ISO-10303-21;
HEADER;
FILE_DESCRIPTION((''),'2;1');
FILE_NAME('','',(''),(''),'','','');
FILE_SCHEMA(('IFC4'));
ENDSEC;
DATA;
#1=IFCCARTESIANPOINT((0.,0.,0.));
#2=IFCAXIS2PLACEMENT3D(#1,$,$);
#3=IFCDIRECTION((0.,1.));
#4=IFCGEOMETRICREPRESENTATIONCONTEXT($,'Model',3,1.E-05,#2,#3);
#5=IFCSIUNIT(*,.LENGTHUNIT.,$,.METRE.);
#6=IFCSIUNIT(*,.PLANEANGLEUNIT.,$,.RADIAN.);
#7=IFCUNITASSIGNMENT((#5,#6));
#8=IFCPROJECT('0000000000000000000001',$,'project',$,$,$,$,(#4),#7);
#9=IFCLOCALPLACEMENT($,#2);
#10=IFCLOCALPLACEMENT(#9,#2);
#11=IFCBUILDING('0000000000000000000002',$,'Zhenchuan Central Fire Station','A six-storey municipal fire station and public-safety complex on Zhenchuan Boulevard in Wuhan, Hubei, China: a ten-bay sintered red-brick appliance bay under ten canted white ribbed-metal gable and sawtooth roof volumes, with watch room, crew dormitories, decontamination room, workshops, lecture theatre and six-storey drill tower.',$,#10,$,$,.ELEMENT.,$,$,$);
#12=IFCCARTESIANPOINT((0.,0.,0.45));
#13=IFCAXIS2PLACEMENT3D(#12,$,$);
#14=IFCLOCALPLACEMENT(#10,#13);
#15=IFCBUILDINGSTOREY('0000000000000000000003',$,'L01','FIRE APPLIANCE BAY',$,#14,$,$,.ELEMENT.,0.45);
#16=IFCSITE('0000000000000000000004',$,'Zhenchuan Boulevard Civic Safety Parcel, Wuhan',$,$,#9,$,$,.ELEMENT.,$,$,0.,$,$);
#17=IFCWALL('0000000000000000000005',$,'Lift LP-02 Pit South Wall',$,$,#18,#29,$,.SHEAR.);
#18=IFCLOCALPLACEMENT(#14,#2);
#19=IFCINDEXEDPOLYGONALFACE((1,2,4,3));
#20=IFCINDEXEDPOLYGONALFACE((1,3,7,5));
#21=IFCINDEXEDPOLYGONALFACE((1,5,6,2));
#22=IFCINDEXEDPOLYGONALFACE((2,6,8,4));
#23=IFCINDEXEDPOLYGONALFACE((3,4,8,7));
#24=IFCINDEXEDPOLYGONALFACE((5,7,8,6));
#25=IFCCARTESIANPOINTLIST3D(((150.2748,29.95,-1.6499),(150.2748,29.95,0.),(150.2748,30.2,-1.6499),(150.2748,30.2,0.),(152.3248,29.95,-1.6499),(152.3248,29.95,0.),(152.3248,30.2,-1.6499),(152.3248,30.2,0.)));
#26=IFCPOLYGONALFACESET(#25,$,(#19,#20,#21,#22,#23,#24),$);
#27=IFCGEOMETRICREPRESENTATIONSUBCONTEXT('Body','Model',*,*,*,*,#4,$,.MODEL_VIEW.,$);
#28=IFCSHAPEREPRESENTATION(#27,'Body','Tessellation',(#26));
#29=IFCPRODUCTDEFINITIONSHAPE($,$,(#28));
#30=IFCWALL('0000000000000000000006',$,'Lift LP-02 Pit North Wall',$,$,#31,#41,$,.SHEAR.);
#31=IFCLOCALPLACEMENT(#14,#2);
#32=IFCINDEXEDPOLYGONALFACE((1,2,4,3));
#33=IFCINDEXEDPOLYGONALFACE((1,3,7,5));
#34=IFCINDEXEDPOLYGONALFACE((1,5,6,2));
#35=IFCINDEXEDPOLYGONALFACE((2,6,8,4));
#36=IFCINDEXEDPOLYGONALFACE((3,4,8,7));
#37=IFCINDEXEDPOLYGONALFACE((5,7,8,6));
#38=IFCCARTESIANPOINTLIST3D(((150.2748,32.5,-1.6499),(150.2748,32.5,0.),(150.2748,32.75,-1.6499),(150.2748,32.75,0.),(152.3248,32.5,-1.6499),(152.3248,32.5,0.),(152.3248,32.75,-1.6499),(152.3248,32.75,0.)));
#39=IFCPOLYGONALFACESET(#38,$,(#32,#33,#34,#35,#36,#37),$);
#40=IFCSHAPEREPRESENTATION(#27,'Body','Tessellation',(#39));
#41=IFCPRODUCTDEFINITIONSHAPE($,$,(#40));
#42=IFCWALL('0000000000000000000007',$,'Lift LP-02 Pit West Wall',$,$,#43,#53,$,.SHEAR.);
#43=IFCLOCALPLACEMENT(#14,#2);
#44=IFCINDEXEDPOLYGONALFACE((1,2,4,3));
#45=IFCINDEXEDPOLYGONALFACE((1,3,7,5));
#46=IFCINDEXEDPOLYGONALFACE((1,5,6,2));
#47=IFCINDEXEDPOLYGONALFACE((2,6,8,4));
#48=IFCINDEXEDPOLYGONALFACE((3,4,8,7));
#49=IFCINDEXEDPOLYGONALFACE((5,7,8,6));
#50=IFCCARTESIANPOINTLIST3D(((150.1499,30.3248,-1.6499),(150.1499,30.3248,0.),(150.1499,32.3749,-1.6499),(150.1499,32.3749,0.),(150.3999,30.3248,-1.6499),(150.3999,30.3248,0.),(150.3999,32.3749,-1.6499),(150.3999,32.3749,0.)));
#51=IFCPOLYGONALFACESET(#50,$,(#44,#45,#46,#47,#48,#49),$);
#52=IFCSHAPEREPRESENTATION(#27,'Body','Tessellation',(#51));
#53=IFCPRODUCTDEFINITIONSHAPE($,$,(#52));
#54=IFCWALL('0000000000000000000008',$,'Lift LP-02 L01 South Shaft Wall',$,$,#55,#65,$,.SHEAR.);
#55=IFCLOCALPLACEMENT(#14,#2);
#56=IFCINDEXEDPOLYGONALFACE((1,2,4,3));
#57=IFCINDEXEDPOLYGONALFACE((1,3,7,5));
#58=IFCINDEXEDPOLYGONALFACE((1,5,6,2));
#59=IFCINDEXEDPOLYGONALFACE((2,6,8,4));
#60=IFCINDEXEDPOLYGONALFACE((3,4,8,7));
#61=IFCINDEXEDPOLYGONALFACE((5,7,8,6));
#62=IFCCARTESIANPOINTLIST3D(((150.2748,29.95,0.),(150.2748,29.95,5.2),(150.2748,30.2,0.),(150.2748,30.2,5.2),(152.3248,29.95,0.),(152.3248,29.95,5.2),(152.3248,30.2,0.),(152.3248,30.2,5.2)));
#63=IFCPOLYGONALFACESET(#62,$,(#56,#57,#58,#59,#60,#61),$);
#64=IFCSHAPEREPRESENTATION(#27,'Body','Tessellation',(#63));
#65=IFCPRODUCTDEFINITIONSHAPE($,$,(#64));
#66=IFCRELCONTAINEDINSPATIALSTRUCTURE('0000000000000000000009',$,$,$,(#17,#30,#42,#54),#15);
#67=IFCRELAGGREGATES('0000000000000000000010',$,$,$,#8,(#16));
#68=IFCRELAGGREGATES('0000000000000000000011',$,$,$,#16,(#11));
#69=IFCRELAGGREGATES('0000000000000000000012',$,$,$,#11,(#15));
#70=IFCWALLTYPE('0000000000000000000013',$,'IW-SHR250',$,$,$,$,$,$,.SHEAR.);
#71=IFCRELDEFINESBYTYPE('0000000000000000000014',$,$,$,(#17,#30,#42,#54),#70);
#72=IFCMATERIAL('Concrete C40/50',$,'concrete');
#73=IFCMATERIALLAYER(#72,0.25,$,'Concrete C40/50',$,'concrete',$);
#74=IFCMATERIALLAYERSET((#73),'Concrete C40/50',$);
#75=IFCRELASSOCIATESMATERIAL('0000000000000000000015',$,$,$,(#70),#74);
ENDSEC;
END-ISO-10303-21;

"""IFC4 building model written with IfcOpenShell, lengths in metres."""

from ifc_helpers import new_model, si_unit, direction, frame, frame_2d, origin, place, context, subcontext, project, spatial, rectangle, extrude, material, layer, layer_set, type_object, element, save


model = new_model("IFC4")

# Units and contexts
model_context = context("Model", 3, precision=1e-05, world=origin(), true_north=direction((0.0, 1.0)))
body_context = subcontext(model_context, "Body", "Model", "MODEL_VIEW")
ifc_project = project(units=[si_unit("LENGTHUNIT", "METRE"), si_unit("PLANEANGLEUNIT", "RADIAN")], contexts=[model_context])

# Site, building, storey
site_placement = place(None, origin())
site = spatial("IfcSite", under=ifc_project, at=site_placement, Name="Zhenchuan Boulevard Civic Safety Parcel, Wuhan", CompositionType="ELEMENT", RefElevation=0.0)
building_placement = place(site_placement, origin())
building = spatial("IfcBuilding", under=site, at=building_placement, Name="Zhenchuan Central Fire Station", Description="A six-storey municipal fire station and public-safety complex on Zhenchuan Boulevard in Wuhan, Hubei, China: a ten-bay sintered red-brick appliance bay under ten canted white ribbed-metal gable and sawtooth roof volumes, with watch room, crew dormitories, decontamination room, workshops, lecture theatre and six-storey drill tower.", CompositionType="ELEMENT")
storey_placement = place(building_placement, frame((0.0, 0.0, 0.45)))
storey = spatial("IfcBuildingStorey", under=building, at=storey_placement, Name="L01", Description="FIRE APPLIANCE BAY", CompositionType="ELEMENT", Elevation=0.45)

# Shared definitions
ifc_material_1 = material(Name="Concrete C40/50", Category="concrete")

# Walls
ifc_layer_1 = layer(ifc_material_1, 0.25, Name="Concrete C40/50", Category="concrete")
ifc_layer_set_1 = layer_set([ifc_layer_1], Name="Concrete C40/50")
wall_type_1 = type_object("IfcWallType", Name="IW-SHR250", PredefinedType="SHEAR", material=ifc_layer_set_1)
for number, where, z_axis, x_axis, name in (
    (1, (150.2749, 30.075, -1.6499), (0.0, 0.0, 1.0), (1.0, 0.0, 0.0), "Lift LP-02 Pit South Wall"),
    (2, (150.2749, 32.625, -1.6499), (0.0, 0.0, 1.0), (1.0, 0.0, 0.0), "Lift LP-02 Pit North Wall"),
    (3, (150.2749, 30.325, -1.6499), (0.0, 0.0, 1.0), (0.0, 1.0, 0.0), "Lift LP-02 Pit West Wall"),
):
    element("IfcWall", number, at=place(storey_placement, frame(where, z_axis=z_axis, x_axis=x_axis)), inside=storey, type_object=wall_type_1, Name=name, PredefinedType="SHEAR", context=body_context, shape_type="SweptSolid", body=[
        extrude(rectangle(XDim=2.05, YDim=0.25, at=frame_2d((1.0249, 0.0))), origin(), (0.0, 0.0, 1.0), 1.6499),
    ])
wall_1_placement = place(storey_placement, frame((150.2749, 30.075, 0.0), z_axis=(0.0, 0.0, 1.0), x_axis=(1.0, 0.0, 0.0)))
element("IfcWall", 4, at=wall_1_placement, inside=storey, type_object=wall_type_1, Name="Lift LP-02 L01 South Shaft Wall", PredefinedType="SHEAR", context=body_context, shape_type="SweptSolid", body=[
    extrude(rectangle(XDim=2.05, YDim=0.25, at=frame_2d((1.0249, 0.0))), origin(), (0.0, 0.0, 1.0), 5.2),
])

save(model, "model.ifc")
